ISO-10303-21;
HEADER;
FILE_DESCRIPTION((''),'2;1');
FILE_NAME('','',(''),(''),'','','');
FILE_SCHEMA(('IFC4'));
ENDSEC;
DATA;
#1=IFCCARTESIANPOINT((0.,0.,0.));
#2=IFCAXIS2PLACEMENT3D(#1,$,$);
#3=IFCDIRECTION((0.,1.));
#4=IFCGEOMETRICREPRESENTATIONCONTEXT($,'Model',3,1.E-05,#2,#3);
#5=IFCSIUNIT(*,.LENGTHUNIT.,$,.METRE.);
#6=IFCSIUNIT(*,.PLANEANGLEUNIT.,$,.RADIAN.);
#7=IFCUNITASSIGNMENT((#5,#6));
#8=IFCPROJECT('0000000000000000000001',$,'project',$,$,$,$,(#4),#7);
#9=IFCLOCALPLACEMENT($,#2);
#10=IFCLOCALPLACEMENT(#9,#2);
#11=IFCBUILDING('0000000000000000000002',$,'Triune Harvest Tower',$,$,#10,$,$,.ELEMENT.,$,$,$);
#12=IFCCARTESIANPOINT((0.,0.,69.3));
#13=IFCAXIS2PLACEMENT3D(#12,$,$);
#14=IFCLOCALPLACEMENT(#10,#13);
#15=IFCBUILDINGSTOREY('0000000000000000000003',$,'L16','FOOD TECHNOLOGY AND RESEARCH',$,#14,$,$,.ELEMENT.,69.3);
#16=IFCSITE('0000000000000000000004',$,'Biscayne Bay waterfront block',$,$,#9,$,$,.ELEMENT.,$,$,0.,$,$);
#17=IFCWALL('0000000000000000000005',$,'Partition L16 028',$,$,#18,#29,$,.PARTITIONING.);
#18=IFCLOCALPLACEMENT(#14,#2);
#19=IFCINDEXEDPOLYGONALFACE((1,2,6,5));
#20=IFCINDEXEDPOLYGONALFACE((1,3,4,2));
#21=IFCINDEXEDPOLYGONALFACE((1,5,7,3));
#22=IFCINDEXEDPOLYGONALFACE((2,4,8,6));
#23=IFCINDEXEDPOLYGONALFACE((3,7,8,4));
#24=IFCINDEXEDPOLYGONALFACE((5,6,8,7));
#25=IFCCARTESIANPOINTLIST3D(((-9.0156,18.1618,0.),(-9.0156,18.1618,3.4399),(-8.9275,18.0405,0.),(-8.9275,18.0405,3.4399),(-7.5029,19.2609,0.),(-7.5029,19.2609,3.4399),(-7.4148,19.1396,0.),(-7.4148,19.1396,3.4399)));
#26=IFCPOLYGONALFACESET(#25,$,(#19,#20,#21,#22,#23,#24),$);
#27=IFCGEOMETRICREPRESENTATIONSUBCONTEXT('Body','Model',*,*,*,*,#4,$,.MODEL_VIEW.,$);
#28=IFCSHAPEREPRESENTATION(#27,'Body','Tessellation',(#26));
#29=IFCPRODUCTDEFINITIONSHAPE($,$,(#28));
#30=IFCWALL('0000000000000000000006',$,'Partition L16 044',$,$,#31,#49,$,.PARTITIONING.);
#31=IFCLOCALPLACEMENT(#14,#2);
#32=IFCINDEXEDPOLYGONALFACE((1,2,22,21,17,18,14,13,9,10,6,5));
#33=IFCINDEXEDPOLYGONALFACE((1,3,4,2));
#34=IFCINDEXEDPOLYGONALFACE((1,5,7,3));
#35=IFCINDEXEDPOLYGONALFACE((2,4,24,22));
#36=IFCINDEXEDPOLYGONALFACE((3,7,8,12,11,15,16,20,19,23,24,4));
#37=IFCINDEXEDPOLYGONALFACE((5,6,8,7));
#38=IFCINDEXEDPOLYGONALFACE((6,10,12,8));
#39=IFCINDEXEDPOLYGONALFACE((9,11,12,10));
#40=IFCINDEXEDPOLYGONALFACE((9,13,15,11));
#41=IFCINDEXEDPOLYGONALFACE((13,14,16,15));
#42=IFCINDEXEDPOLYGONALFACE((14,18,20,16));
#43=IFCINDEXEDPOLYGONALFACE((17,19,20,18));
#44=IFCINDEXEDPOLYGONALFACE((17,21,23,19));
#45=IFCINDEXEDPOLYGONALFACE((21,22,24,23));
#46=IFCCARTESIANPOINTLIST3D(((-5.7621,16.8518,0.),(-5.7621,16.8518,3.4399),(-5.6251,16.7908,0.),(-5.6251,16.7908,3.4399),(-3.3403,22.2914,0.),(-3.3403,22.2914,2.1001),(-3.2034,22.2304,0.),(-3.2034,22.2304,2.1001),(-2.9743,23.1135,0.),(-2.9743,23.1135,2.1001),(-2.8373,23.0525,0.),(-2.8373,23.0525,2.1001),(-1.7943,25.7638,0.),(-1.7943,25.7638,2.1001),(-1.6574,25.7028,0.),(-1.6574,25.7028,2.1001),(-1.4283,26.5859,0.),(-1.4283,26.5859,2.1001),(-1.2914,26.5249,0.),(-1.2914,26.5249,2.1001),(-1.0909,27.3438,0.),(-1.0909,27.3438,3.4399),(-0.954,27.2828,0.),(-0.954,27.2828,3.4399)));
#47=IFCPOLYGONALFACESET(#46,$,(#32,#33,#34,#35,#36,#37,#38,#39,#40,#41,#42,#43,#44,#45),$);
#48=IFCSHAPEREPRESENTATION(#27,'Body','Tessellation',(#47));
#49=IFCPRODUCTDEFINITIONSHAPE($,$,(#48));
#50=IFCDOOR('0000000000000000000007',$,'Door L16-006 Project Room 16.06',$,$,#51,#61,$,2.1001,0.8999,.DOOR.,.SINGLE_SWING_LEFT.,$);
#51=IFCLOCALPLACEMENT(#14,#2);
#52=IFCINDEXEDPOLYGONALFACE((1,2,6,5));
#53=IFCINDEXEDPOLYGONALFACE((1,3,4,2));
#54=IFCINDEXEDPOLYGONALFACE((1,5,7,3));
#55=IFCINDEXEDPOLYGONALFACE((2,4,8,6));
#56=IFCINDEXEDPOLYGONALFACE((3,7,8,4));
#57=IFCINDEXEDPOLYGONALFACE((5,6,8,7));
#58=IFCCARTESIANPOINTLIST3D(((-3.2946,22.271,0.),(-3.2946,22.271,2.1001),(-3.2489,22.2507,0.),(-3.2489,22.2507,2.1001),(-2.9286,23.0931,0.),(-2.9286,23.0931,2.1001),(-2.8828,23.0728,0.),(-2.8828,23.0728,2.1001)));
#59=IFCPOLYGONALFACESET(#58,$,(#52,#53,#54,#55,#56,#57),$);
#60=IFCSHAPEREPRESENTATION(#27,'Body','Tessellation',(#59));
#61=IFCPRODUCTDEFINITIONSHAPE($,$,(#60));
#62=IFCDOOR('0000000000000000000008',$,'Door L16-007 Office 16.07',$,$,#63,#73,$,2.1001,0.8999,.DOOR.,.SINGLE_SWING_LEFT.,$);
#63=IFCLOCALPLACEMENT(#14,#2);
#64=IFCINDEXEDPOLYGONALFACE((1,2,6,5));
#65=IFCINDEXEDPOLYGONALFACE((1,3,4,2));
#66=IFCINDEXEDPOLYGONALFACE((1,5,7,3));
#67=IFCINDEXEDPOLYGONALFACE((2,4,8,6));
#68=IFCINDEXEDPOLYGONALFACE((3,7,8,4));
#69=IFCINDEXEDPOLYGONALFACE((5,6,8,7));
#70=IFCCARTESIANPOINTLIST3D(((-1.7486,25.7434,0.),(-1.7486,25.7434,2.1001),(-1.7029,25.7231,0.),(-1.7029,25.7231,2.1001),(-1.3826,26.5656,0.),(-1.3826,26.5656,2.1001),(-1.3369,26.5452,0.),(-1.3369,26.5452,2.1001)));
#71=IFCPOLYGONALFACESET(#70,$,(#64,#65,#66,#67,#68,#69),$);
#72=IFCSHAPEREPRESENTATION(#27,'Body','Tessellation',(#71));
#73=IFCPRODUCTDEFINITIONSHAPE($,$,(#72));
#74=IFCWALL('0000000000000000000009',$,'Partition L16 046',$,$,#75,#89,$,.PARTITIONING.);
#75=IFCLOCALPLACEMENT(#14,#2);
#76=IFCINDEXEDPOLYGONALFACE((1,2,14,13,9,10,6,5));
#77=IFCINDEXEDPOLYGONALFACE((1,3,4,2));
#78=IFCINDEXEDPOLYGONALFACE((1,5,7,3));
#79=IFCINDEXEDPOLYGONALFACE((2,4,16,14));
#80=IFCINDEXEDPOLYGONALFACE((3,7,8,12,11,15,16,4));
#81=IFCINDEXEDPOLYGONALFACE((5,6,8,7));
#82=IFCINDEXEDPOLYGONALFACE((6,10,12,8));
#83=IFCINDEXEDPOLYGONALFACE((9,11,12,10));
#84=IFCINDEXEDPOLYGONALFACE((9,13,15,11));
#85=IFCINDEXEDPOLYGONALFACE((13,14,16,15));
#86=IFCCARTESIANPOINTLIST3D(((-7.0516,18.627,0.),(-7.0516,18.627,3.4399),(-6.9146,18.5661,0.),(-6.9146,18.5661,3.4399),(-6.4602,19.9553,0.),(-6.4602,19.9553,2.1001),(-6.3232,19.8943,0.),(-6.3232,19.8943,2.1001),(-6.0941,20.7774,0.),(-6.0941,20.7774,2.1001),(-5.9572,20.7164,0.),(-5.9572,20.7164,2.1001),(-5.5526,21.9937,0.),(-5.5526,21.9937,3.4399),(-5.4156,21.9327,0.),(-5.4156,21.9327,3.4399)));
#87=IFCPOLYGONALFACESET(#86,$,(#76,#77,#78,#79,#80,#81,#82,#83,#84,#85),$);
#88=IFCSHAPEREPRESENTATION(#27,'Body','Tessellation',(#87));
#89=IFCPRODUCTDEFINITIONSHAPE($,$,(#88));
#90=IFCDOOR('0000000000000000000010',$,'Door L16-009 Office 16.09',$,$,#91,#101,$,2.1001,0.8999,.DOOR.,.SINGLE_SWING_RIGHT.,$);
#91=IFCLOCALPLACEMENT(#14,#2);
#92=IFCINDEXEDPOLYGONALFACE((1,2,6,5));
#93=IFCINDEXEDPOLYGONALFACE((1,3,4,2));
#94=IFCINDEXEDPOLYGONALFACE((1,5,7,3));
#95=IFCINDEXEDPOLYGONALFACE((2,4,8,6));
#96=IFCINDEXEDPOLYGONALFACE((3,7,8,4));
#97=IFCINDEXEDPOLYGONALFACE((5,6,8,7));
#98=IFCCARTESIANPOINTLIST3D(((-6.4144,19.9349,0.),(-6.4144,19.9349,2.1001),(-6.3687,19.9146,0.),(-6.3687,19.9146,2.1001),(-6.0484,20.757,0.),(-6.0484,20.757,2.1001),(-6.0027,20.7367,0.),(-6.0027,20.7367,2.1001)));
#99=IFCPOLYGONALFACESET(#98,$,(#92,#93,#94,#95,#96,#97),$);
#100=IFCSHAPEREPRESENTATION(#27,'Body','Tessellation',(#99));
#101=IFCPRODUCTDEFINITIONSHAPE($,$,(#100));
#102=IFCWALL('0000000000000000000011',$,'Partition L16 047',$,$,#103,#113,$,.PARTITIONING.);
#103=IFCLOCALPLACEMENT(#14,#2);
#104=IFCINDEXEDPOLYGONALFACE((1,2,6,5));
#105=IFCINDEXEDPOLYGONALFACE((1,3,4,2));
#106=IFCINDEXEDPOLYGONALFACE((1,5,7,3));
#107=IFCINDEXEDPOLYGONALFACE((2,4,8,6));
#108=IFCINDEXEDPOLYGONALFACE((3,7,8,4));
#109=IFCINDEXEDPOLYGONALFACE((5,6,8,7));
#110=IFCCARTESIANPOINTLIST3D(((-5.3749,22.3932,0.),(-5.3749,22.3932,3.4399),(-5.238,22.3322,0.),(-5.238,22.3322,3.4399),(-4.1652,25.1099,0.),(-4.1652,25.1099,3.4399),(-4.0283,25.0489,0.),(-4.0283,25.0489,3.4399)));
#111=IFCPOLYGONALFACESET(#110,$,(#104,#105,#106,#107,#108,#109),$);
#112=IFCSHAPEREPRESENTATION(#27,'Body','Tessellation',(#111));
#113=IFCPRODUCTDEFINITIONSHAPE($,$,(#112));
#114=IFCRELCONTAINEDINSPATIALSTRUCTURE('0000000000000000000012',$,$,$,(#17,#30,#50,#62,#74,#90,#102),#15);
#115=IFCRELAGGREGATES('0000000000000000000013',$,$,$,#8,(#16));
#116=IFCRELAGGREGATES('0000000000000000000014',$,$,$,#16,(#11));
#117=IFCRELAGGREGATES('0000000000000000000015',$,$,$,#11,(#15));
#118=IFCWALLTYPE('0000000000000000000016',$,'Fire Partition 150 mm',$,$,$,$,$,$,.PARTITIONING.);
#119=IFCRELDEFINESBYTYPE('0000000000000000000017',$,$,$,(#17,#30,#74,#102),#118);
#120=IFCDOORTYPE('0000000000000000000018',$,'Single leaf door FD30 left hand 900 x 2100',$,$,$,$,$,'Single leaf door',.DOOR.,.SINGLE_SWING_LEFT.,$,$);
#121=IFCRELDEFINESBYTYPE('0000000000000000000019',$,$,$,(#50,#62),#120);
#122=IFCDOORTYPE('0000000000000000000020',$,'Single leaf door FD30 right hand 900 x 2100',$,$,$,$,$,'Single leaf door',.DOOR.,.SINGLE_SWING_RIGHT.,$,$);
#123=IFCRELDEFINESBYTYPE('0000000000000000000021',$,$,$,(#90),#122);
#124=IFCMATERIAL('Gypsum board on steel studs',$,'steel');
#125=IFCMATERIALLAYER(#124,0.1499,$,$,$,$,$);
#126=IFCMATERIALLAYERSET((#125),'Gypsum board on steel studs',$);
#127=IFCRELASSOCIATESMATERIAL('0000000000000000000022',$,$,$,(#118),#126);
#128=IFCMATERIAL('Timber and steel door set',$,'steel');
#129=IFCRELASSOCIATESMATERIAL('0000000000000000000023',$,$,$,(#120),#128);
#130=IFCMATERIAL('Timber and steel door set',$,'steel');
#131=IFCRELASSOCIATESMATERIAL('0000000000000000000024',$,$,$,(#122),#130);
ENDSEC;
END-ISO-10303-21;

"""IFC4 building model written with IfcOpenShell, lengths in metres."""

from ifc_helpers import new_model, si_unit, direction, frame, frame_2d, origin, place, context, subcontext, project, spatial, rectangle, extrude, source, transform, mapped, material, layer, layer_set, type_object, element, fill, save


model = new_model("IFC4")

# Units and contexts
model_context = context("Model", 3, precision=1e-05, world=origin(), true_north=direction((0.0, 1.0)))
body_context = subcontext(model_context, "Body", "Model", "MODEL_VIEW")
ifc_project = project(units=[si_unit("LENGTHUNIT", "METRE"), si_unit("PLANEANGLEUNIT", "RADIAN")], contexts=[model_context])

# Site, building, storey
site_placement = place(None, origin())
site = spatial("IfcSite", under=ifc_project, at=site_placement, Name="Biscayne Bay waterfront block", CompositionType="ELEMENT", RefElevation=0.0)
building_placement = place(site_placement, origin())
building = spatial("IfcBuilding", under=site, at=building_placement, Name="Triune Harvest Tower", CompositionType="ELEMENT")
storey_placement = place(building_placement, frame((0.0, 0.0, 69.3)))
storey = spatial("IfcBuildingStorey", under=building, at=storey_placement, Name="L16", Description="FOOD TECHNOLOGY AND RESEARCH", CompositionType="ELEMENT", Elevation=69.3)

# Shared definitions
ifc_material_1 = material(Name="Gypsum board on steel studs", Category="steel")
ifc_layer_1 = layer(ifc_material_1, 0.1499)
ifc_layer_set_1 = layer_set([ifc_layer_1], Name="Gypsum board on steel studs")
wall_type_1 = type_object("IfcWallType", Name="Fire Partition 150 mm", PredefinedType="PARTITIONING", material=ifc_layer_set_1)

# Shared definitions
ifc_material_2 = material(Name="Timber and steel door set", Category="steel")
door_type_1 = type_object("IfcDoorType", Name="Single leaf door FD30 left hand 900 x 2100", ElementType="Single leaf door", OperationType="SINGLE_SWING_LEFT", PredefinedType="DOOR", material=ifc_material_2)

# Wall
shared_shape_1 = source(origin(), body_context, "Body", "SweptSolid", [
    extrude(rectangle(XDim=1.8699, YDim=0.1499, at=frame_2d((0.9351, 0.0))), origin(), (0.0, 0.0, 1.0), 3.4399),
])
wall_1_placement = place(storey_placement, frame((-8.9717, 18.1011, 0.0), z_axis=(0.0, 0.0, 1.0), x_axis=(0.808996, 0.587815, 0.0)))
element("IfcWall", 1, at=wall_1_placement, inside=storey, type_object=wall_type_1, Name="Partition L16 028", PredefinedType="PARTITIONING", context=body_context, shape_type="MappedRepresentation", body=[
    mapped(shared_shape_1, transform((0.0, 0.0, 0.0), scale=1.0)),
])

# Wall, openings, doors
shared_shape_2 = source(origin(), body_context, "Body", "SweptSolid", [
    extrude(rectangle(XDim=11.4849, YDim=0.1499, at=frame_2d((5.7424, 0.0))), origin(), (0.0, 0.0, 1.0), 3.4399),
])
wall_2_placement = place(storey_placement, frame((-5.6936, 16.8213, 0.0), z_axis=(0.0, 0.0, 1.0), x_axis=(0.406724, 0.913551, 0.0)))
wall_2 = element("IfcWall", 2, at=wall_2_placement, inside=storey, type_object=wall_type_1, Name="Partition L16 044", PredefinedType="PARTITIONING", context=body_context, shape_type="MappedRepresentation", body=[
    mapped(shared_shape_2, transform((0.0, 0.0, 0.0), scale=1.0)),
])
opening_1_placement = place(wall_2_placement, frame((5.9543, 0.0, 0.0)))
opening_1 = element("IfcOpeningElement", 3, at=opening_1_placement, cuts=wall_2, PredefinedType="OPENING", context=body_context, shape_type="SweptSolid", body=[
    extrude(rectangle(XDim=0.8999, YDim=2.1001, at=frame_2d((0.45, 1.05))), frame((0.0, 0.085, 0.0), z_axis=(0.0, -1.0, 0.0), x_axis=(1.0, 0.0, 0.0)), (0.0, 0.0, 1.0), 0.1699),
])
opening_2_placement = place(wall_2_placement, frame((9.7554, 0.0, 0.0)))
opening_2 = element("IfcOpeningElement", 4, at=opening_2_placement, cuts=wall_2, PredefinedType="OPENING", context=body_context, shape_type="SweptSolid", body=[
    extrude(rectangle(XDim=0.8999, YDim=2.1001, at=frame_2d((0.45, 1.05))), frame((0.0, 0.085, 0.0), z_axis=(0.0, -1.0, 0.0), x_axis=(1.0, 0.0, 0.0)), (0.0, 0.0, 1.0), 0.1699),
])
door_1_placement = place(opening_1_placement, origin())
door_1 = element("IfcDoor", 5, at=door_1_placement, inside=storey, type_object=door_type_1, Name="Door L16-006 Project Room 16.06", OperationType="SINGLE_SWING_LEFT", OverallHeight=2.1001, OverallWidth=0.8999, PredefinedType="DOOR", context=body_context, shape_type="SweptSolid", body=[
    extrude(rectangle(XDim=0.8999, YDim=2.1001, at=frame_2d((0.45, 1.05))), frame((0.0, 0.0249, 0.0), z_axis=(0.0, -1.0, 0.0), x_axis=(1.0, 0.0, 0.0)), (0.0, 0.0, 1.0), 0.05),
])
fill(opening_1, door_1)
door_2_placement = place(opening_2_placement, origin())
door_2 = element("IfcDoor", 6, at=door_2_placement, inside=storey, type_object=door_type_1, Name="Door L16-007 Office 16.07", OperationType="SINGLE_SWING_LEFT", OverallHeight=2.1001, OverallWidth=0.8999, PredefinedType="DOOR", context=body_context, shape_type="SweptSolid", body=[
    extrude(rectangle(XDim=0.8999, YDim=2.1001, at=frame_2d((0.45, 1.05))), frame((0.0, 0.0249, 0.0), z_axis=(0.0, -1.0, 0.0), x_axis=(1.0, 0.0, 0.0)), (0.0, 0.0, 1.0), 0.05),
])
fill(opening_2, door_2)

# Wall, opening, door
shared_shape_3 = source(origin(), body_context, "Body", "SweptSolid", [
    extrude(rectangle(XDim=3.6853, YDim=0.1499, at=frame_2d((1.8428, 0.0))), origin(), (0.0, 0.0, 1.0), 3.4399),
])
wall_3_placement = place(storey_placement, frame((-6.9832, 18.5964, 0.0), z_axis=(0.0, 0.0, 1.0), x_axis=(0.406753, 0.913538, 0.0)))
wall_3 = element("IfcWall", 7, at=wall_3_placement, inside=storey, type_object=wall_type_1, Name="Partition L16 046", PredefinedType="PARTITIONING", context=body_context, shape_type="MappedRepresentation", body=[
    mapped(shared_shape_3, transform((0.0, 0.0, 0.0), scale=1.0)),
])
opening_3_placement = place(wall_3_placement, frame((1.4541, 0.0, 0.0)))
opening_3 = element("IfcOpeningElement", 8, at=opening_3_placement, cuts=wall_3, PredefinedType="OPENING", context=body_context, shape_type="SweptSolid", body=[
    extrude(rectangle(XDim=0.8999, YDim=2.1001, at=frame_2d((0.45, 1.05))), frame((0.0, 0.085, 0.0), z_axis=(0.0, -1.0, 0.0), x_axis=(1.0, 0.0, 0.0)), (0.0, 0.0, 1.0), 0.1699),
])
ifc_material_3 = material(Name="Timber and steel door set", Category="steel")
door_type_2 = type_object("IfcDoorType", Name="Single leaf door FD30 right hand 900 x 2100", ElementType="Single leaf door", OperationType="SINGLE_SWING_RIGHT", PredefinedType="DOOR", material=ifc_material_3)
door_3_placement = place(opening_3_placement, origin())
door_3 = element("IfcDoor", 9, at=door_3_placement, inside=storey, type_object=door_type_2, Name="Door L16-009 Office 16.09", OperationType="SINGLE_SWING_RIGHT", OverallHeight=2.1001, OverallWidth=0.8999, PredefinedType="DOOR", context=body_context, shape_type="SweptSolid", body=[
    extrude(rectangle(XDim=0.8999, YDim=2.1001, at=frame_2d((0.45, 1.05))), frame((0.0, 0.0249, 0.0), z_axis=(0.0, -1.0, 0.0), x_axis=(1.0, 0.0, 0.0)), (0.0, 0.0, 1.0), 0.05),
])
fill(opening_3, door_3)

# Wall
shared_shape_4 = source(origin(), body_context, "Body", "SweptSolid", [
    extrude(rectangle(XDim=2.9739, YDim=0.1499, at=frame_2d((1.4868, 0.0))), origin(), (0.0, 0.0, 1.0), 3.4399),
])
wall_4_placement = place(storey_placement, frame((-5.3064, 22.3628, 0.0), z_axis=(0.0, 0.0, 1.0), x_axis=(0.406771, 0.91353, 0.0)))
element("IfcWall", 10, at=wall_4_placement, inside=storey, type_object=wall_type_1, Name="Partition L16 047", PredefinedType="PARTITIONING", context=body_context, shape_type="MappedRepresentation", body=[
    mapped(shared_shape_4, transform((0.0, 0.0, 0.0), scale=1.0)),
])

save(model, "model.ifc")
